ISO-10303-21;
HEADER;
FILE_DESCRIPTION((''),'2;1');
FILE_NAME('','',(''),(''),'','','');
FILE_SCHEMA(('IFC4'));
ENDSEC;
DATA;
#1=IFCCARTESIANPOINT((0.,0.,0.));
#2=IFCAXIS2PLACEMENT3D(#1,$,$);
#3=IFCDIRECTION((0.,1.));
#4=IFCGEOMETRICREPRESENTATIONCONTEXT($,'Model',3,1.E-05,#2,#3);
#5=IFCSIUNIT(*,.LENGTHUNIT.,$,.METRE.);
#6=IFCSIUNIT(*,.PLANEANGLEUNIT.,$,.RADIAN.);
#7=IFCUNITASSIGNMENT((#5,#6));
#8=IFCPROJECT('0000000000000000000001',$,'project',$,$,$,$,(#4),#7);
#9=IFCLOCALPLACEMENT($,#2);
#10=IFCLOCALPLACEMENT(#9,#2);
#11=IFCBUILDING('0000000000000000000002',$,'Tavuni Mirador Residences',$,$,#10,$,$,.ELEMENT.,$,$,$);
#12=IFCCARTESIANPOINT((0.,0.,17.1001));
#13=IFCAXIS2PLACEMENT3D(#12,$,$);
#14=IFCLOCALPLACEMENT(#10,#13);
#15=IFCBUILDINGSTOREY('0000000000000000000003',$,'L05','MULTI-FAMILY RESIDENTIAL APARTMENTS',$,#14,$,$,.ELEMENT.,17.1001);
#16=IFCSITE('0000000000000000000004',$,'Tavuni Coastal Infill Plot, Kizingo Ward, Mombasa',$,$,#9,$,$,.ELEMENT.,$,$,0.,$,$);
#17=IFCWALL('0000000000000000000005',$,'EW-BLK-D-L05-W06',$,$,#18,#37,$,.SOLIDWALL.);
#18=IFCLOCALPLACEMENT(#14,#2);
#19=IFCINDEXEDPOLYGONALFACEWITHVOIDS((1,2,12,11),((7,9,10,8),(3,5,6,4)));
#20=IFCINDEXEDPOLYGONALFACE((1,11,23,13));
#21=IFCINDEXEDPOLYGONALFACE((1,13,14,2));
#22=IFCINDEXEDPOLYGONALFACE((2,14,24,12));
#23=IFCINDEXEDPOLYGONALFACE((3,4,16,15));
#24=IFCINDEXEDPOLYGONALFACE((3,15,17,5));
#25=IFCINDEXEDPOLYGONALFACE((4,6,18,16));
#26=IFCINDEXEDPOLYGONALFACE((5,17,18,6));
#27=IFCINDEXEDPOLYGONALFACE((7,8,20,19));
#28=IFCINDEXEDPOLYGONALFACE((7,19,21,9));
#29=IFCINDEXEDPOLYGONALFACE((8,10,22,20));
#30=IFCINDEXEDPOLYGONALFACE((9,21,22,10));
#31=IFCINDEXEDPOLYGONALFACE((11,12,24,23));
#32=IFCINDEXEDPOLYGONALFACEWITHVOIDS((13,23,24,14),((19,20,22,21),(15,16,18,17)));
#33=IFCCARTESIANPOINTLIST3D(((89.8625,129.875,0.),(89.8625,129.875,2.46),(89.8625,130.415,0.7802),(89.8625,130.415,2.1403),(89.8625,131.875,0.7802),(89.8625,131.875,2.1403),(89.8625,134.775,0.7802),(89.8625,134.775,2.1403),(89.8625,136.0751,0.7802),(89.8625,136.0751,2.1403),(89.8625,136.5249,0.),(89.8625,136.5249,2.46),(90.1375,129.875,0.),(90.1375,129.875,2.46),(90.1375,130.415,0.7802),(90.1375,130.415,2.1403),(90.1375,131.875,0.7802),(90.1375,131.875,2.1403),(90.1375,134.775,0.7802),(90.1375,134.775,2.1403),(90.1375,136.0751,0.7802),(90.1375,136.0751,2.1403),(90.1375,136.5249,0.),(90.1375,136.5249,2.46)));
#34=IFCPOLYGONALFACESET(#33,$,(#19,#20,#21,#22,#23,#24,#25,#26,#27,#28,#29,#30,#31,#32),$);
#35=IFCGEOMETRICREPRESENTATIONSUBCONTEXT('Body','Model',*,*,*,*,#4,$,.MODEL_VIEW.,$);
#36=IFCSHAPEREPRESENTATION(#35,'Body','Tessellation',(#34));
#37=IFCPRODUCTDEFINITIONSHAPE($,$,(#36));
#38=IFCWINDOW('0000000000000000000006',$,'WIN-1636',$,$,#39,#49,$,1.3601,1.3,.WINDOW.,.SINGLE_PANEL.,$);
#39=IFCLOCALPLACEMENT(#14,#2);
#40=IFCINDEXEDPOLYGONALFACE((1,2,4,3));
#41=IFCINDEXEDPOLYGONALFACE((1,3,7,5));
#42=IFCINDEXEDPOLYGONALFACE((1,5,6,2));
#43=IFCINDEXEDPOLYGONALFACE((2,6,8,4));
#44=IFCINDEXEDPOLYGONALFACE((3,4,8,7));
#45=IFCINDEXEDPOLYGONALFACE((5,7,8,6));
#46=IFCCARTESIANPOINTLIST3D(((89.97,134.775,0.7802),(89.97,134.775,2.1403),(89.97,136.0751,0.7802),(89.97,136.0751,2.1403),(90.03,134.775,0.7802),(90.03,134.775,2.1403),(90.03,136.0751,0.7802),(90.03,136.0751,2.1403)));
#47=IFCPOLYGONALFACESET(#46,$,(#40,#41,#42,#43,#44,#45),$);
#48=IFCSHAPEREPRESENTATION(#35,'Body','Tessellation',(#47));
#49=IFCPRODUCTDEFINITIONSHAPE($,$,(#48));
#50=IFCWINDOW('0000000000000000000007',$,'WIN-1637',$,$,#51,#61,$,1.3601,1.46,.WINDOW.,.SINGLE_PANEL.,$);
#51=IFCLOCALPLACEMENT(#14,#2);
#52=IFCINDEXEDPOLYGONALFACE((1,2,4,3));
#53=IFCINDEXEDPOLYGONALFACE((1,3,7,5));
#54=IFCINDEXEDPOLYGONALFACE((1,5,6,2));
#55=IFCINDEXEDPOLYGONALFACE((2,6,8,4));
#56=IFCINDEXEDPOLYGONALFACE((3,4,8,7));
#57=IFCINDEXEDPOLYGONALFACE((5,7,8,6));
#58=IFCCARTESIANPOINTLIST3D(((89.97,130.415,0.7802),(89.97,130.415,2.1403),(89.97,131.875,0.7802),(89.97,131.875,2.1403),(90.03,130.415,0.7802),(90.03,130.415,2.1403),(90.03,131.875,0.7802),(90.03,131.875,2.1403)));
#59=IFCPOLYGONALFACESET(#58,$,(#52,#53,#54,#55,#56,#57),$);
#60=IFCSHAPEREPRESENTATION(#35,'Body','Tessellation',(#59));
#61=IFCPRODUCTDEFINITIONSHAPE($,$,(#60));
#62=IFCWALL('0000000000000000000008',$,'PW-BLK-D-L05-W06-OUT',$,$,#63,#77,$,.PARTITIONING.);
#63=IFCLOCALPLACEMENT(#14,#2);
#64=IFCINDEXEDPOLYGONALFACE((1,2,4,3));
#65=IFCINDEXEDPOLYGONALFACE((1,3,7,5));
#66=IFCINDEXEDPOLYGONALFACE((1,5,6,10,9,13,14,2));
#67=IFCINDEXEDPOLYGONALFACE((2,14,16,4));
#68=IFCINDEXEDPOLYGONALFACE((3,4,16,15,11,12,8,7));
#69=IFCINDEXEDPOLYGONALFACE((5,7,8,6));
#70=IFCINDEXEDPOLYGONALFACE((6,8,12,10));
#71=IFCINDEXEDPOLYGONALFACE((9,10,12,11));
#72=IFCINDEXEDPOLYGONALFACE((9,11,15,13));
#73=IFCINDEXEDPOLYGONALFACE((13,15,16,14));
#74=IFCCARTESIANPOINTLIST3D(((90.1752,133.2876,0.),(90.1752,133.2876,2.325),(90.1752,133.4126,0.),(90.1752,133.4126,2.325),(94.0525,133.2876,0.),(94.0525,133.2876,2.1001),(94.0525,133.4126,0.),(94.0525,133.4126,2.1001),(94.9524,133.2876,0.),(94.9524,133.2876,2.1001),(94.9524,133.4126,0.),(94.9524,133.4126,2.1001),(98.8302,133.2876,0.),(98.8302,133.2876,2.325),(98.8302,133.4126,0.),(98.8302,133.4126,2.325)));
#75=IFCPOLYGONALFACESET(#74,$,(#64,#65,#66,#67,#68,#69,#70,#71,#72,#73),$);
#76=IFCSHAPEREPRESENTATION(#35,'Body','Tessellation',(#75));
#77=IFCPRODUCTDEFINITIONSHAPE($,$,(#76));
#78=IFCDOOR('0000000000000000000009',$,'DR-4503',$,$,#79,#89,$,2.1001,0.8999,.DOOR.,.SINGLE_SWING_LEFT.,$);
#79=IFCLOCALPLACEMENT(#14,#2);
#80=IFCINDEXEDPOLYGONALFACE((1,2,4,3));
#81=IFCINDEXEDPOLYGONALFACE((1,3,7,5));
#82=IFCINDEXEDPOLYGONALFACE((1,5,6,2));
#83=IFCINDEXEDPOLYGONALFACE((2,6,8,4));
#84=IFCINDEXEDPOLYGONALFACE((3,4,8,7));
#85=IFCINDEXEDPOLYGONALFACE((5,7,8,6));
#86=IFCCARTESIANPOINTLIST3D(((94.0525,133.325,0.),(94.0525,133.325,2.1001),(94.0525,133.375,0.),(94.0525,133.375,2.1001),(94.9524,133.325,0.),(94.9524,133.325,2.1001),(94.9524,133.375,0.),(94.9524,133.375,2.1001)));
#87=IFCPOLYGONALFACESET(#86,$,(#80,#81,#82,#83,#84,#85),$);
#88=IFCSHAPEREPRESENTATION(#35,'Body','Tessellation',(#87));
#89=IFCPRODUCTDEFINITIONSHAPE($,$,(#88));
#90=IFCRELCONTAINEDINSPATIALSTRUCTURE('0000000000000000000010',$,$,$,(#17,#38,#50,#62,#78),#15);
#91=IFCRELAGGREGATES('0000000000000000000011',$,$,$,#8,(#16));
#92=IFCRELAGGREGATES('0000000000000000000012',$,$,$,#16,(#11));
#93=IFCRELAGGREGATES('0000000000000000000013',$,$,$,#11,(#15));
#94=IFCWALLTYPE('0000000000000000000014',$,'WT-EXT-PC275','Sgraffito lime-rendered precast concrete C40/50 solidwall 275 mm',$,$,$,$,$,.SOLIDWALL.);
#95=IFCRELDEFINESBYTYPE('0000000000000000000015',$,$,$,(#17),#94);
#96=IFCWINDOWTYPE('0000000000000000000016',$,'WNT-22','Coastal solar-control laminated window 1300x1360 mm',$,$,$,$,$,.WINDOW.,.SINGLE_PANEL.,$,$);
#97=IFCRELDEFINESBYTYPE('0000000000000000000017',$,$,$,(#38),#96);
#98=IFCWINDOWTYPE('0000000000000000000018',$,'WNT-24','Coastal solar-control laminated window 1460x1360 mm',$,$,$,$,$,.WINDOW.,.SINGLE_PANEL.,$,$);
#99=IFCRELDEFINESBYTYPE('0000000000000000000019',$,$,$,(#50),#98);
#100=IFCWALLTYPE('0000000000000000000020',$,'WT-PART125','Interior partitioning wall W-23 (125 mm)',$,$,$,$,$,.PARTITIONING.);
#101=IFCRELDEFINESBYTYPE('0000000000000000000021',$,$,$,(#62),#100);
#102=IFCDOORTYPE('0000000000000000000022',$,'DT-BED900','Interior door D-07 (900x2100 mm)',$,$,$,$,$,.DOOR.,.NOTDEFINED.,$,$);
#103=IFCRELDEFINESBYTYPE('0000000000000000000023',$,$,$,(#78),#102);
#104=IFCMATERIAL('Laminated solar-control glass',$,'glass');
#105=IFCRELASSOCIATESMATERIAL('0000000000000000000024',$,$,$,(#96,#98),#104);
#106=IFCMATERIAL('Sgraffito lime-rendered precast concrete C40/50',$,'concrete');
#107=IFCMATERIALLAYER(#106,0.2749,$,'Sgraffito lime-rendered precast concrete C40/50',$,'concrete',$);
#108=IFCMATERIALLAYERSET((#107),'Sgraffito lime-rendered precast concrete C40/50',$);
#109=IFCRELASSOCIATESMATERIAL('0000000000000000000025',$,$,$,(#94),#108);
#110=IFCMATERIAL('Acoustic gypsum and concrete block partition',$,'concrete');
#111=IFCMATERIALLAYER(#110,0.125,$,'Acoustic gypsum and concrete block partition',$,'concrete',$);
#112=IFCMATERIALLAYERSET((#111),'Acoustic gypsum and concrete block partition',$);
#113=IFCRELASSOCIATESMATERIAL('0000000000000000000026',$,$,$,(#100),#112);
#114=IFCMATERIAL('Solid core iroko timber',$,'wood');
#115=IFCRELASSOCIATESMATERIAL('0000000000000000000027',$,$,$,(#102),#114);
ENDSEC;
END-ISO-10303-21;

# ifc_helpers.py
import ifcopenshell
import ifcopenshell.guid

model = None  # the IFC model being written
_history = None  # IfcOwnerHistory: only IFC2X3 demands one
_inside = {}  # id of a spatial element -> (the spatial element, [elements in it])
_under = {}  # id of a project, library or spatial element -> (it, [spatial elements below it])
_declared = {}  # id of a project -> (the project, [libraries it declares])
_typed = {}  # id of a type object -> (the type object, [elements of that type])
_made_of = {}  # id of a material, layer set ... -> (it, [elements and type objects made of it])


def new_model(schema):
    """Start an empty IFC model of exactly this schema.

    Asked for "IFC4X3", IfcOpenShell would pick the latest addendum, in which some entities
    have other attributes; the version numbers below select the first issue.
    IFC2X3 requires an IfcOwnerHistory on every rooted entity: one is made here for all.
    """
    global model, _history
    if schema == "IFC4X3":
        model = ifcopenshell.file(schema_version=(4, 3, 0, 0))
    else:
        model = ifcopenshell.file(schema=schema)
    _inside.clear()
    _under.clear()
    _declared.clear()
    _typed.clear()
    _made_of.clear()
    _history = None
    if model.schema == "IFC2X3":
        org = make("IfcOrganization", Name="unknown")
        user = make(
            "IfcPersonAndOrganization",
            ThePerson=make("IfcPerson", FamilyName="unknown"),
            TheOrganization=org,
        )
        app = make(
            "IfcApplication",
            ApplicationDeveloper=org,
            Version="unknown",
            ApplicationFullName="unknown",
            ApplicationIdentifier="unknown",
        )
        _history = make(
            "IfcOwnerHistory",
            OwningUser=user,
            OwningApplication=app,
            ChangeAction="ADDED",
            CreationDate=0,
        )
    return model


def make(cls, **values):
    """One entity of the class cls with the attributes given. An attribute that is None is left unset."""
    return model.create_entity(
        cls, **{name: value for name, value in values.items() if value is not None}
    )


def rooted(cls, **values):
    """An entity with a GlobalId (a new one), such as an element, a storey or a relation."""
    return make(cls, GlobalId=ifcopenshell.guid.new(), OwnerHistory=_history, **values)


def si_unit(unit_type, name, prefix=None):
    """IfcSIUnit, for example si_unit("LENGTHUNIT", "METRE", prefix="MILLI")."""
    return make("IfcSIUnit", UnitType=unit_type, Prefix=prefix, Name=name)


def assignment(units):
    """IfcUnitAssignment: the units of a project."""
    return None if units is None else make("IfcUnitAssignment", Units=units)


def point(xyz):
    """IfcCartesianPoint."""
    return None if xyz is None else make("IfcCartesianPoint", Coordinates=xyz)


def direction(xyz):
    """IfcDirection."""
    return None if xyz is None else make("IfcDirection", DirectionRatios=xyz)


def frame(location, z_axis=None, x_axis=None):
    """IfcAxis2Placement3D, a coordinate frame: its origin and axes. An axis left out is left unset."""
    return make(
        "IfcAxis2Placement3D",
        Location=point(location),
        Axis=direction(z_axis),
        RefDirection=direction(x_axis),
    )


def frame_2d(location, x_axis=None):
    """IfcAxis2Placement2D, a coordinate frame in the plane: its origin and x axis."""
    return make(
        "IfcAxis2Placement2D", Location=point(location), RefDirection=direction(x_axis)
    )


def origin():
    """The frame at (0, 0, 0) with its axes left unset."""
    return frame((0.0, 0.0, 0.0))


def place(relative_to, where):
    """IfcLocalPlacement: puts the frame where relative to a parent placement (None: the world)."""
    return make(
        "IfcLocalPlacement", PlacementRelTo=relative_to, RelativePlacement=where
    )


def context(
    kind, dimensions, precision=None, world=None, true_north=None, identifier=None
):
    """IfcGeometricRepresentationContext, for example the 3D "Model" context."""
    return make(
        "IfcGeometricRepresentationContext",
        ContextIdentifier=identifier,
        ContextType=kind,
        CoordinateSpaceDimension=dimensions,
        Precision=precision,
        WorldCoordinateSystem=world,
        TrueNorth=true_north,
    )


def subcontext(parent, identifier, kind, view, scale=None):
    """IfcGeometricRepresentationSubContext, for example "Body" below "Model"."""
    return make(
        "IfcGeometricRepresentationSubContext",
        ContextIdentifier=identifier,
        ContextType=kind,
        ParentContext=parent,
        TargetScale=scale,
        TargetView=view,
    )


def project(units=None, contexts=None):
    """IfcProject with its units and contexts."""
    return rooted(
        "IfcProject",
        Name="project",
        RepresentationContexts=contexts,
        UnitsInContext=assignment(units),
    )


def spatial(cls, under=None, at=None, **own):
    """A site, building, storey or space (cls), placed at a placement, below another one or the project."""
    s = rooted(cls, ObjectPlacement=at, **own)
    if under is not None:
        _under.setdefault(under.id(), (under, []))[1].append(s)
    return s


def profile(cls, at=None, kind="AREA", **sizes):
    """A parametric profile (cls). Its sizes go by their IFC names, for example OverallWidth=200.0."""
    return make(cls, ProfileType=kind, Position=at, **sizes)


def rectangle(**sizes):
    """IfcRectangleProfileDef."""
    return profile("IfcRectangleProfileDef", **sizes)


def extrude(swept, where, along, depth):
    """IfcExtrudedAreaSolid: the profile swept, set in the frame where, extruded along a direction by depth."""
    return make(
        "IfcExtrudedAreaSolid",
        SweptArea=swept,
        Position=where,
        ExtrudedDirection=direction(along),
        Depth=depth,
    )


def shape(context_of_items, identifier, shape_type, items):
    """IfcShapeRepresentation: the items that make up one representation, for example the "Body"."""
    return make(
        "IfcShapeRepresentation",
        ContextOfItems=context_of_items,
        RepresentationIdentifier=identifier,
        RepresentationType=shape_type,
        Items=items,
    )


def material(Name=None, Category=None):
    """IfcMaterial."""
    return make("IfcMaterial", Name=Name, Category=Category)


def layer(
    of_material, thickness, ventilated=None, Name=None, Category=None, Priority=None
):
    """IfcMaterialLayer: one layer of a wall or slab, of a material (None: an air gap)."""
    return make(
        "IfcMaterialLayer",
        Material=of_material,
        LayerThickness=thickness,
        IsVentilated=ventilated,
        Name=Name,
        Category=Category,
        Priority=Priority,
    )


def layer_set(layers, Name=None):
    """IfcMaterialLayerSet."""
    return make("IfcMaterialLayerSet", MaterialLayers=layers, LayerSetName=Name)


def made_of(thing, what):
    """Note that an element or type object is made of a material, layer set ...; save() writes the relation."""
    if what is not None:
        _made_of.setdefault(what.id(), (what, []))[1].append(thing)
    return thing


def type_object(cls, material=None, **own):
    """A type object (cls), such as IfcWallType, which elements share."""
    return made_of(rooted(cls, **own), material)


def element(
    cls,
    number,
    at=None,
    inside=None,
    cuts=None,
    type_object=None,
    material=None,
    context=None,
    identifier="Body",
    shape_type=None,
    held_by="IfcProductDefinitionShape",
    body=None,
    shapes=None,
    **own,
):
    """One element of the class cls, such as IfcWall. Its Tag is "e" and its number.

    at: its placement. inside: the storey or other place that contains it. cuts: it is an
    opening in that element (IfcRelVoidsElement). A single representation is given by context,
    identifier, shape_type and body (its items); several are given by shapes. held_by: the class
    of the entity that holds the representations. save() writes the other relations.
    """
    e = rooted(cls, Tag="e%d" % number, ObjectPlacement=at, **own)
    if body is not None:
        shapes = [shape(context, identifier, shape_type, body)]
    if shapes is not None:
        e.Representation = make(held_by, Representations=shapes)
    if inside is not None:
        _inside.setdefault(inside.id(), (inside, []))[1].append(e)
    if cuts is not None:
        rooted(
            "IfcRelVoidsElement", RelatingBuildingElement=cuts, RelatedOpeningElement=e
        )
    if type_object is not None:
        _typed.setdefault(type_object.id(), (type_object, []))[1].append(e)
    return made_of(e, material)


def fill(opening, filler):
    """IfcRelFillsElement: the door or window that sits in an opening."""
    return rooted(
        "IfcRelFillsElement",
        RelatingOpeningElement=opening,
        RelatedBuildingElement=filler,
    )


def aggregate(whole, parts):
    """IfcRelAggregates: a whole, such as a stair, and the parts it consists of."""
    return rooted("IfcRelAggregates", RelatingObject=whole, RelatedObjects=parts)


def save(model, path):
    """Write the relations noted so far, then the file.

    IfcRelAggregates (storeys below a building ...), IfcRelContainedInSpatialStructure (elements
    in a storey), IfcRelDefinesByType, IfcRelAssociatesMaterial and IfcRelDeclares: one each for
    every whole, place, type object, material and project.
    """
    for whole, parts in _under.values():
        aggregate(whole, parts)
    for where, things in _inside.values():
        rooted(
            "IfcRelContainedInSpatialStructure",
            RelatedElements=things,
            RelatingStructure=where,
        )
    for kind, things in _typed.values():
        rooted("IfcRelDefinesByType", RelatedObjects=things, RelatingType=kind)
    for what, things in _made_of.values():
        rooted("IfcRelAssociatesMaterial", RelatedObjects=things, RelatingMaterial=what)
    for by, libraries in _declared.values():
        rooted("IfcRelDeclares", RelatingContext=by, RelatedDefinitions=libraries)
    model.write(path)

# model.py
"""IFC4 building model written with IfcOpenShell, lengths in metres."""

from ifc_helpers import new_model, si_unit, direction, frame, frame_2d, origin, place, context, subcontext, project, spatial, rectangle, extrude, material, layer, layer_set, type_object, element, fill, save


model = new_model("IFC4")

# Units and contexts
model_context = context("Model", 3, precision=1e-05, world=origin(), true_north=direction((0.0, 1.0)))
body_context = subcontext(model_context, "Body", "Model", "MODEL_VIEW")
ifc_project = project(units=[si_unit("LENGTHUNIT", "METRE"), si_unit("PLANEANGLEUNIT", "RADIAN")], contexts=[model_context])

# Site, building, storey
site_placement = place(None, origin())
site = spatial("IfcSite", under=ifc_project, at=site_placement, Name="Tavuni Coastal Infill Plot, Kizingo Ward, Mombasa", CompositionType="ELEMENT", RefElevation=0.0)
building_placement = place(site_placement, origin())
building = spatial("IfcBuilding", under=site, at=building_placement, Name="Tavuni Mirador Residences", CompositionType="ELEMENT")
storey_placement = place(building_placement, frame((0.0, 0.0, 17.1001)))
storey = spatial("IfcBuildingStorey", under=building, at=storey_placement, Name="L05", Description="MULTI-FAMILY RESIDENTIAL APARTMENTS", CompositionType="ELEMENT", Elevation=17.1001)

# Wall, openings, windows
ifc_material_1 = material(Name="Sgraffito lime-rendered precast concrete C40/50", Category="concrete")
ifc_material_2 = material(Name="Laminated solar-control glass", Category="glass")
window_type_1 = type_object("IfcWindowType", Name="WNT-22", Description="Coastal solar-control laminated window 1300x1360 mm", PartitioningType="SINGLE_PANEL", PredefinedType="WINDOW", material=ifc_material_2)
ifc_layer_1 = layer(ifc_material_1, 0.2749, Name="Sgraffito lime-rendered precast concrete C40/50", Category="concrete")
ifc_layer_set_1 = layer_set([ifc_layer_1], Name="Sgraffito lime-rendered precast concrete C40/50")
wall_type_1 = type_object("IfcWallType", Name="WT-EXT-PC275", Description="Sgraffito lime-rendered precast concrete C40/50 solidwall 275 mm", PredefinedType="SOLIDWALL", material=ifc_layer_set_1)
wall_1_placement = place(storey_placement, frame((90.0, 136.5249, 0.0), z_axis=(0.0, 0.0, 1.0), x_axis=(0.0, -1.0, 0.0)))
wall_1 = element("IfcWall", 1, at=wall_1_placement, inside=storey, type_object=wall_type_1, Name="EW-BLK-D-L05-W06", PredefinedType="SOLIDWALL", context=body_context, shape_type="SweptSolid", body=[
    extrude(rectangle(XDim=6.6499, YDim=0.2749, at=frame_2d((3.325, 0.0))), origin(), (0.0, 0.0, 1.0), 2.46),
])
opening_1_placement = place(wall_1_placement, frame((0.45, 0.0, 0.78)))
opening_1 = element("IfcOpeningElement", 2, at=opening_1_placement, cuts=wall_1, PredefinedType="OPENING", context=body_context, shape_type="SweptSolid", body=[
    extrude(rectangle(XDim=1.3, YDim=1.3601, at=frame_2d((0.6499, 0.6802))), frame((0.0, 0.1475, 0.0), z_axis=(0.0, -1.0, 0.0), x_axis=(1.0, 0.0, 0.0)), (0.0, 0.0, 1.0), 0.2949),
])
opening_2_placement = place(wall_1_placement, frame((4.6499, 0.0, 0.78)))
opening_2 = element("IfcOpeningElement", 3, at=opening_2_placement, cuts=wall_1, PredefinedType="OPENING", context=body_context, shape_type="SweptSolid", body=[
    extrude(rectangle(XDim=1.46, YDim=1.3601, at=frame_2d((0.73, 0.6802))), frame((0.0, 0.1475, 0.0), z_axis=(0.0, -1.0, 0.0), x_axis=(1.0, 0.0, 0.0)), (0.0, 0.0, 1.0), 0.2949),
])
window_1_placement = place(opening_1_placement, origin())
window_1 = element("IfcWindow", 4, at=window_1_placement, inside=storey, type_object=window_type_1, Name="WIN-1636", OverallHeight=1.3601, OverallWidth=1.3, PartitioningType="SINGLE_PANEL", PredefinedType="WINDOW", context=body_context, shape_type="SweptSolid", body=[
    extrude(rectangle(XDim=1.3, YDim=1.3601, at=frame_2d((0.6499, 0.6802))), frame((0.0, 0.03, 0.0), z_axis=(0.0, -1.0, 0.0), x_axis=(1.0, 0.0, 0.0)), (0.0, 0.0, 1.0), 0.0601),
])
fill(opening_1, window_1)
window_type_2 = type_object("IfcWindowType", Name="WNT-24", Description="Coastal solar-control laminated window 1460x1360 mm", PartitioningType="SINGLE_PANEL", PredefinedType="WINDOW", material=ifc_material_2)
window_2_placement = place(opening_2_placement, origin())
window_2 = element("IfcWindow", 5, at=window_2_placement, inside=storey, type_object=window_type_2, Name="WIN-1637", OverallHeight=1.3601, OverallWidth=1.46, PartitioningType="SINGLE_PANEL", PredefinedType="WINDOW", context=body_context, shape_type="SweptSolid", body=[
    extrude(rectangle(XDim=1.46, YDim=1.3601, at=frame_2d((0.73, 0.6802))), frame((0.0, 0.03, 0.0), z_axis=(0.0, -1.0, 0.0), x_axis=(1.0, 0.0, 0.0)), (0.0, 0.0, 1.0), 0.0601),
])
fill(opening_2, window_2)

# Wall, opening, door
ifc_material_3 = material(Name="Acoustic gypsum and concrete block partition", Category="concrete")
ifc_layer_2 = layer(ifc_material_3, 0.125, Name="Acoustic gypsum and concrete block partition", Category="concrete")
ifc_layer_set_2 = layer_set([ifc_layer_2], Name="Acoustic gypsum and concrete block partition")
wall_type_2 = type_object("IfcWallType", Name="WT-PART125", Description="Interior partitioning wall W-23 (125 mm)", PredefinedType="PARTITIONING", material=ifc_layer_set_2)
wall_2_placement = place(storey_placement, frame((90.175, 133.3501, 0.0), z_axis=(0.0, 0.0, 1.0), x_axis=(1.0, 0.0, 0.0)))
wall_2 = element("IfcWall", 6, at=wall_2_placement, inside=storey, type_object=wall_type_2, Name="PW-BLK-D-L05-W06-OUT", PredefinedType="PARTITIONING", context=body_context, shape_type="SweptSolid", body=[
    extrude(rectangle(XDim=8.655, YDim=0.125, at=frame_2d((4.3276, 0.0))), origin(), (0.0, 0.0, 1.0), 2.325),
])
opening_3_placement = place(wall_2_placement, frame((3.8774, 0.0, 0.0)))
opening_3 = element("IfcOpeningElement", 7, at=opening_3_placement, cuts=wall_2, PredefinedType="OPENING", context=body_context, shape_type="SweptSolid", body=[
    extrude(rectangle(XDim=0.8999, YDim=2.1001, at=frame_2d((0.45, 1.05))), frame((0.0, 0.0725, 0.0), z_axis=(0.0, -1.0, 0.0), x_axis=(1.0, 0.0, 0.0)), (0.0, 0.0, 1.0), 0.145),
])
ifc_material_4 = material(Name="Solid core iroko timber", Category="wood")
door_type = type_object("IfcDoorType", Name="DT-BED900", Description="Interior door D-07 (900x2100 mm)", OperationType="NOTDEFINED", PredefinedType="DOOR", material=ifc_material_4)
door_placement = place(opening_3_placement, origin())
door = element("IfcDoor", 8, at=door_placement, inside=storey, type_object=door_type, Name="DR-4503", OperationType="SINGLE_SWING_LEFT", OverallHeight=2.1001, OverallWidth=0.8999, PredefinedType="DOOR", context=body_context, shape_type="SweptSolid", body=[
    extrude(rectangle(XDim=0.8999, YDim=2.1001, at=frame_2d((0.45, 1.05))), frame((0.0, 0.0249, 0.0), z_axis=(0.0, -1.0, 0.0), x_axis=(1.0, 0.0, 0.0)), (0.0, 0.0, 1.0), 0.05),
])
fill(opening_3, door)

save(model, "model.ifc")
